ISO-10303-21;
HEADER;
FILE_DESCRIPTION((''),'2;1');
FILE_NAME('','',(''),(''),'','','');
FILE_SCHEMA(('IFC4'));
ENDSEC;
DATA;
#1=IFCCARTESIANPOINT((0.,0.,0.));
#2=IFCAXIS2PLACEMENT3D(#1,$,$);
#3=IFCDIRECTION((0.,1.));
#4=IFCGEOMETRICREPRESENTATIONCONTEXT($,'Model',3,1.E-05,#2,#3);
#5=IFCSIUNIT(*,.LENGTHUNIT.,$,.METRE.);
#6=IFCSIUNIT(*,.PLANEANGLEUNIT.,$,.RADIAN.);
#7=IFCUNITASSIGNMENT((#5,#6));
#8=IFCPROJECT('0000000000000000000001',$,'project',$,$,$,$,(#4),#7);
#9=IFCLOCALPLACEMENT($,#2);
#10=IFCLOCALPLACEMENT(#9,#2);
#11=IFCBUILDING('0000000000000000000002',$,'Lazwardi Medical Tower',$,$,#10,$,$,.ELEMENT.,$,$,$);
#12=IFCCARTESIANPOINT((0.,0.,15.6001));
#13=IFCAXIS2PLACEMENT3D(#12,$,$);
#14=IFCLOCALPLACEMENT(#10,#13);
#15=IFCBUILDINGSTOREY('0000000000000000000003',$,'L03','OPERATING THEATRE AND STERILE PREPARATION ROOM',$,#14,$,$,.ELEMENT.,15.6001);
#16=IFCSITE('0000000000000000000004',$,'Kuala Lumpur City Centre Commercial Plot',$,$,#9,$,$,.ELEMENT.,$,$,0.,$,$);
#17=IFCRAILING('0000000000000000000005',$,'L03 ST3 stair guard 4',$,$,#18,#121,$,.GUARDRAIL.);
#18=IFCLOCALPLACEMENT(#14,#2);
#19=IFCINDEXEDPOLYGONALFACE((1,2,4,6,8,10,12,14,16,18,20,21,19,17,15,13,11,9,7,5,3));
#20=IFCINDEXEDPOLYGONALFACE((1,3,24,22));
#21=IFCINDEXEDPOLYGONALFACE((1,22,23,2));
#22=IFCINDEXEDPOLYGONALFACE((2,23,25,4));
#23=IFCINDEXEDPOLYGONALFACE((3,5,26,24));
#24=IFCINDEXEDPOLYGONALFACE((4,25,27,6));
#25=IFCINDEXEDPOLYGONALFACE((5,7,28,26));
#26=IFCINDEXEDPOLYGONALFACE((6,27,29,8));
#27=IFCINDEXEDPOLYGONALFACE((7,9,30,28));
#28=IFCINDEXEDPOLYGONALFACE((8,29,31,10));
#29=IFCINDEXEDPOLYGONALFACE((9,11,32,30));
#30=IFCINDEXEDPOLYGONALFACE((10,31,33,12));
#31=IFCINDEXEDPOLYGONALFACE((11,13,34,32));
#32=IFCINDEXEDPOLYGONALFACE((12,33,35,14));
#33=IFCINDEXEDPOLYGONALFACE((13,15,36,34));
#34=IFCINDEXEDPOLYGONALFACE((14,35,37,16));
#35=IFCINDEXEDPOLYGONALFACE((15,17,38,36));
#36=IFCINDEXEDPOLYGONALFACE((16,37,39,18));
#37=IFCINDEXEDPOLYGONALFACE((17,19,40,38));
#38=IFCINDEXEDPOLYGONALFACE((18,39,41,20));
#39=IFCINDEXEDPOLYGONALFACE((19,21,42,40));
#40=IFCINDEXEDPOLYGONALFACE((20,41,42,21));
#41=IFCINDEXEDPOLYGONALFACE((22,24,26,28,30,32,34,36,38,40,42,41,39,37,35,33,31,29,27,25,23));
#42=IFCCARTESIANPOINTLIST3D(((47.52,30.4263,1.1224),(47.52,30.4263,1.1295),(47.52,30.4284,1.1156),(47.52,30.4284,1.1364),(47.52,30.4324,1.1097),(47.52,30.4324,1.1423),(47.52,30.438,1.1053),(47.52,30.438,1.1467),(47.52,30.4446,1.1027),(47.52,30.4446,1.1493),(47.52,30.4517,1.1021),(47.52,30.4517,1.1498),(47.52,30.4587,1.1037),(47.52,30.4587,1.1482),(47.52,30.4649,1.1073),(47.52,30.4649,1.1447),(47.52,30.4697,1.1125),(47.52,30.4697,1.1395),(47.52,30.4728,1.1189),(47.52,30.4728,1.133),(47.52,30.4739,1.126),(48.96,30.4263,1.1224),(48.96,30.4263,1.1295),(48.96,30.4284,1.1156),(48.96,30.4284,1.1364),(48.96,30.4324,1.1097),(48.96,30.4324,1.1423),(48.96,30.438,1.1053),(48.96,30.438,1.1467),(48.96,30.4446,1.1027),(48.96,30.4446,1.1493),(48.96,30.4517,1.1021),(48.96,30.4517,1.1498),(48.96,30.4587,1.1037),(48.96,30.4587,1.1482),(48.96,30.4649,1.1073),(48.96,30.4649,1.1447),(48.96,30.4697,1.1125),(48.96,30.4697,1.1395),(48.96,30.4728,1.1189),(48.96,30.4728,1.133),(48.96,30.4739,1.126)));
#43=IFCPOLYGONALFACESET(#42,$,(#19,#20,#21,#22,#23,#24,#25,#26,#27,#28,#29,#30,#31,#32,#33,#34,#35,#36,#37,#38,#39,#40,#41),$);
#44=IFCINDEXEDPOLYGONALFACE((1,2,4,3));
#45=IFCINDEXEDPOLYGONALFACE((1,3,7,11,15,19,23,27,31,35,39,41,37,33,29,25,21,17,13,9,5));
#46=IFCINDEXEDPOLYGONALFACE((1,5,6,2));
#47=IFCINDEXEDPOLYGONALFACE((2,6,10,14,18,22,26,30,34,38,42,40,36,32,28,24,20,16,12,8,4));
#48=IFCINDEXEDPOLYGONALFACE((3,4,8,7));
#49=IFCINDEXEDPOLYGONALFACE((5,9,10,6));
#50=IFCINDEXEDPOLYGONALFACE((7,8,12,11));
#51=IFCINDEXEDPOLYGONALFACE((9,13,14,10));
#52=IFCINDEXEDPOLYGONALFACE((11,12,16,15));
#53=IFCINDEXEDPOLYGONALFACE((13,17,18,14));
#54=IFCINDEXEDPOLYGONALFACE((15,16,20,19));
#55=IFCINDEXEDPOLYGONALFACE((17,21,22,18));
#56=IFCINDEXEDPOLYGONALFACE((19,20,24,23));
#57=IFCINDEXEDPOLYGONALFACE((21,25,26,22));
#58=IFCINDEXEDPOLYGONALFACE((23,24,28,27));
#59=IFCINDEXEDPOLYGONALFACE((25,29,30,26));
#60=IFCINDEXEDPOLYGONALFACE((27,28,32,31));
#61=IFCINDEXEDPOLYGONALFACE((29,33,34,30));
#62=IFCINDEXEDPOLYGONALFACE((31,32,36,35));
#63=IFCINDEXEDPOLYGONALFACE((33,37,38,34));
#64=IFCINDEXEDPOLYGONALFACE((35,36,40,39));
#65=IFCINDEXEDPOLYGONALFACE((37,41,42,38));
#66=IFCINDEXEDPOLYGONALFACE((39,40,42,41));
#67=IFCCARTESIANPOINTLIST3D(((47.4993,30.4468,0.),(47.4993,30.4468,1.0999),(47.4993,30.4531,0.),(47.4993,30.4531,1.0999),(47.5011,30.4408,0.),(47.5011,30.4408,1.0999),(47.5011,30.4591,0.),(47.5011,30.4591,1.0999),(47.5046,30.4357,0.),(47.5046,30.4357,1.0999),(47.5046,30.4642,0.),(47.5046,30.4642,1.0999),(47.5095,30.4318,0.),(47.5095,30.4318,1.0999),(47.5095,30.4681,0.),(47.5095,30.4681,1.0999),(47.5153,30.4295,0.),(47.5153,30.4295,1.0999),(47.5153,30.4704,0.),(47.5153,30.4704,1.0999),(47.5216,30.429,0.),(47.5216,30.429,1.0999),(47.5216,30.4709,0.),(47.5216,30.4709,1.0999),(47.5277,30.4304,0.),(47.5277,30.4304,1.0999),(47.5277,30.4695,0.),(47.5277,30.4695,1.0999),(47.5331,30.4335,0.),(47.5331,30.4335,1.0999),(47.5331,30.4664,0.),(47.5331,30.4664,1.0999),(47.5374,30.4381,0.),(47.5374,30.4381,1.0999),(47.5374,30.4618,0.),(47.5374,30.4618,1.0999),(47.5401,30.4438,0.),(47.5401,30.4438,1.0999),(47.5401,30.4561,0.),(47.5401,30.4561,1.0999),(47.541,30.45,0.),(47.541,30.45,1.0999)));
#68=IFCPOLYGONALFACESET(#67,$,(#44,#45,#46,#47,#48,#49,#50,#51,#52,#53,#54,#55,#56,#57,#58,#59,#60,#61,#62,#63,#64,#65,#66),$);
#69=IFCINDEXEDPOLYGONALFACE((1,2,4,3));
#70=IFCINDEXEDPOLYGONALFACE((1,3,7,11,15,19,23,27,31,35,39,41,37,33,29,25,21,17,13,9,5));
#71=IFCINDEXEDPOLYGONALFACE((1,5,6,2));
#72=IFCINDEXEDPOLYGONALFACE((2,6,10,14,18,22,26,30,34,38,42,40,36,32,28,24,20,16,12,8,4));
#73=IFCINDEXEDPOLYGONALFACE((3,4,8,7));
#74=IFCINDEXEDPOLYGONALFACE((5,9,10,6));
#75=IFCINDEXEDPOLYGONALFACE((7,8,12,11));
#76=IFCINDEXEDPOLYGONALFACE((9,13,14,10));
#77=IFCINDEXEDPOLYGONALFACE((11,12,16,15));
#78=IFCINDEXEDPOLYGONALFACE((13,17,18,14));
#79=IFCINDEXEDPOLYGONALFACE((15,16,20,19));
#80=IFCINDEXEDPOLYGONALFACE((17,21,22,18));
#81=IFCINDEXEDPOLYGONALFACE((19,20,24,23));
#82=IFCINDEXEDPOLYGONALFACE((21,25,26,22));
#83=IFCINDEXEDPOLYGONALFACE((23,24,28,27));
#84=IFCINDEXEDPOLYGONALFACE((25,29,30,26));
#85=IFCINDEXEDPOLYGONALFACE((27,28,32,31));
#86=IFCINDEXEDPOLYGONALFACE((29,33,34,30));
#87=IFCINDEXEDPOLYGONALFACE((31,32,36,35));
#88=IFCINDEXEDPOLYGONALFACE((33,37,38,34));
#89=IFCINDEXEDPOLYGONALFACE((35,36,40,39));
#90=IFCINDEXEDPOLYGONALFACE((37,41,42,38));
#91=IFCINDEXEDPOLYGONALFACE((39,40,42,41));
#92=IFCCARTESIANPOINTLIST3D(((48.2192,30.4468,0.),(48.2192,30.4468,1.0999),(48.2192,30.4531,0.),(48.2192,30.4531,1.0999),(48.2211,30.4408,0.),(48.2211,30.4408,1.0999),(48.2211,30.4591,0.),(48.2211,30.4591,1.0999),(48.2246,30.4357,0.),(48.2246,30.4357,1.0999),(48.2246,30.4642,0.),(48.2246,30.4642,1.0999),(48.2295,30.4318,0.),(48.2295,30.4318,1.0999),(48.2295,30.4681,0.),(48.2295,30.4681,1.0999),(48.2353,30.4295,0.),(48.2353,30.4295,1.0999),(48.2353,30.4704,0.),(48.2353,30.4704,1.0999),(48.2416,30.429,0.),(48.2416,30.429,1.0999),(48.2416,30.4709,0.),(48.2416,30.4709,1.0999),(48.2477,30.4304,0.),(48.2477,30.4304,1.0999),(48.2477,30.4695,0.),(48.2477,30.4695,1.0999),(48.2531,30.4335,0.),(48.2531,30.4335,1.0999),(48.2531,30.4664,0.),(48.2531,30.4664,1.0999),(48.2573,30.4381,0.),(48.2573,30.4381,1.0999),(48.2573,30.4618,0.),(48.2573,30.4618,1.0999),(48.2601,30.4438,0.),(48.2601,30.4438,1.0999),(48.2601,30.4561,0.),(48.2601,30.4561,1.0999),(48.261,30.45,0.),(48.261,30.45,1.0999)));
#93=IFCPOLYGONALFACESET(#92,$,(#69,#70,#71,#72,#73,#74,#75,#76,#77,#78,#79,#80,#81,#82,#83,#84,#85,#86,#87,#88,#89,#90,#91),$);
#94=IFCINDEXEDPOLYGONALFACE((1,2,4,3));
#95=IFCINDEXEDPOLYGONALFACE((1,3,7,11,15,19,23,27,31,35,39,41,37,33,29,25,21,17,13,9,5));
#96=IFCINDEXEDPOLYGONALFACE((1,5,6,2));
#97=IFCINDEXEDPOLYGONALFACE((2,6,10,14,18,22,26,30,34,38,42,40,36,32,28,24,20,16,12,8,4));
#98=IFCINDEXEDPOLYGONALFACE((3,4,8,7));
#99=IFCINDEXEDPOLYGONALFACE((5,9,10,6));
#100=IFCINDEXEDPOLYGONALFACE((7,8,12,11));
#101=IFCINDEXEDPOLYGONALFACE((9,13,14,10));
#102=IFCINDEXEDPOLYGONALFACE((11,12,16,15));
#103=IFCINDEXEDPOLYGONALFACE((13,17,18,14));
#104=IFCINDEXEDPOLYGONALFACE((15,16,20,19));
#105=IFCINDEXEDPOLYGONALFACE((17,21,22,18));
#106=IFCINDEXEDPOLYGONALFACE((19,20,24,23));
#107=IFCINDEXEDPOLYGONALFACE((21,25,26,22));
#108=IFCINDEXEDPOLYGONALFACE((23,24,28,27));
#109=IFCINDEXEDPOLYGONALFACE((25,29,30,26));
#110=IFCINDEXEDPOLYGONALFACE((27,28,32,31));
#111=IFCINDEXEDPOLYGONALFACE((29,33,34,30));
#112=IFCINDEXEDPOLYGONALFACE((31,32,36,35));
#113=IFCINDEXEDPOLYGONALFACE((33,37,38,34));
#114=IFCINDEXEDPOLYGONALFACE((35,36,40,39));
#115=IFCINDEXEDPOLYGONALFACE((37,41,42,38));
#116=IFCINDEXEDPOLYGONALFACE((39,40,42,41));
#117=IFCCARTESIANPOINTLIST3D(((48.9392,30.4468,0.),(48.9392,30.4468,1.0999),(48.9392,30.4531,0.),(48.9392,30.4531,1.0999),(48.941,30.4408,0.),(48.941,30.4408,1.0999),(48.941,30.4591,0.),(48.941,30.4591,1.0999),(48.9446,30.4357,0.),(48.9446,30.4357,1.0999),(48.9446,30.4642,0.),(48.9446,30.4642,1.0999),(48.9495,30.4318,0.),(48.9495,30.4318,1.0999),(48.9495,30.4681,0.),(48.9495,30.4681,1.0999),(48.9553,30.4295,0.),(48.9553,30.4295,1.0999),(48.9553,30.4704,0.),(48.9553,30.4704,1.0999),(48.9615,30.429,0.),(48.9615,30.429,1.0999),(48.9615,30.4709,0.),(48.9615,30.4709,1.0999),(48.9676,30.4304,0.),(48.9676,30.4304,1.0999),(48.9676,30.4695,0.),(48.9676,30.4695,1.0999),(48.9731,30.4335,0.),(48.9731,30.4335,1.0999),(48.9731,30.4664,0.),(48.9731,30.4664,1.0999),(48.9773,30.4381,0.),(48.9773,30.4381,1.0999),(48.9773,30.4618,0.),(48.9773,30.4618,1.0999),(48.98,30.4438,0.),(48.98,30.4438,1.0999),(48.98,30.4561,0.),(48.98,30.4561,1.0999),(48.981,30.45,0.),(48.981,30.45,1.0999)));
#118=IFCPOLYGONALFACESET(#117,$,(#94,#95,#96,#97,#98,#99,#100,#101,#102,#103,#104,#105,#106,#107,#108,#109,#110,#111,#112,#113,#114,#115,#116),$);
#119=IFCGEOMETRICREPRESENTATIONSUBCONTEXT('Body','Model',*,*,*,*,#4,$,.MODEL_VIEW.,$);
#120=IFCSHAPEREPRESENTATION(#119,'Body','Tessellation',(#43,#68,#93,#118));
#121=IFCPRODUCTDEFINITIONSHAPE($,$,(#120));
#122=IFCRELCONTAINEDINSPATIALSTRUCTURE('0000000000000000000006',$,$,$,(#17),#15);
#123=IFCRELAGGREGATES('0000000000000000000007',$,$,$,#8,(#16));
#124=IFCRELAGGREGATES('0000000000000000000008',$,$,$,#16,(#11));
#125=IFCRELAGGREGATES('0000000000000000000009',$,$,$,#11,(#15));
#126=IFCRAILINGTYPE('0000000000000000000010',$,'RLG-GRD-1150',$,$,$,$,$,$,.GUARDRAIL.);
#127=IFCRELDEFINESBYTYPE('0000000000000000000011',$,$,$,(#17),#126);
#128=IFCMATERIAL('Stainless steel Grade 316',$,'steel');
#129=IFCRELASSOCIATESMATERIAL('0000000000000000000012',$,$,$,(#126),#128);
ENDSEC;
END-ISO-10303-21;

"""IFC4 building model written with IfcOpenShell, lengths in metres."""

from ifc_helpers import new_model, si_unit, direction, frame, origin, origin_2d, place, context, subcontext, project, spatial, circle, extrude, material, type_object, element, save


model = new_model("IFC4")

# Units and contexts
model_context = context("Model", 3, precision=1e-05, world=origin(), true_north=direction((0.0, 1.0)))
body_context = subcontext(model_context, "Body", "Model", "MODEL_VIEW")
ifc_project = project(units=[si_unit("LENGTHUNIT", "METRE"), si_unit("PLANEANGLEUNIT", "RADIAN")], contexts=[model_context])

# Site, building, storey
site_placement = place(None, origin())
site = spatial("IfcSite", under=ifc_project, at=site_placement, Name="Kuala Lumpur City Centre Commercial Plot", CompositionType="ELEMENT", RefElevation=0.0)
building_placement = place(site_placement, origin())
building = spatial("IfcBuilding", under=site, at=building_placement, Name="Lazwardi Medical Tower", CompositionType="ELEMENT")
storey_placement = place(building_placement, frame((0.0, 0.0, 15.6001)))
storey = spatial("IfcBuildingStorey", under=building, at=storey_placement, Name="L03", Description="OPERATING THEATRE AND STERILE PREPARATION ROOM", CompositionType="ELEMENT", Elevation=15.6001)

# Railing
ifc_material_1 = material(Name="Stainless steel Grade 316", Category="steel")
railing_type_1 = type_object("IfcRailingType", Name="RLG-GRD-1150", PredefinedType="GUARDRAIL", material=ifc_material_1)
railing_1_placement = place(storey_placement, frame((47.52, 30.45, 0.0)))
element("IfcRailing", 1, at=railing_1_placement, inside=storey, type_object=railing_type_1, Name="L03 ST3 stair guard 4", PredefinedType="GUARDRAIL", context=body_context, shape_type="SweptSolid", body=[
    extrude(circle(Radius=0.0239, at=origin_2d()), frame((0.0, 0.0, 1.126), z_axis=(1.0, 0.0, 0.0), x_axis=(0.0, 1.0, 0.0)), (0.0, 0.0, 1.0), 1.4399),
    extrude(circle(Radius=0.021, at=origin_2d()), origin(), (0.0, 0.0, 1.0), 1.0999),
    extrude(circle(Radius=0.021, at=origin_2d()), frame((0.72, 0.0, 0.0)), (0.0, 0.0, 1.0), 1.0999),
    extrude(circle(Radius=0.021, at=origin_2d()), frame((1.4399, 0.0, 0.0)), (0.0, 0.0, 1.0), 1.0999),
])

save(model, "model.ifc")
